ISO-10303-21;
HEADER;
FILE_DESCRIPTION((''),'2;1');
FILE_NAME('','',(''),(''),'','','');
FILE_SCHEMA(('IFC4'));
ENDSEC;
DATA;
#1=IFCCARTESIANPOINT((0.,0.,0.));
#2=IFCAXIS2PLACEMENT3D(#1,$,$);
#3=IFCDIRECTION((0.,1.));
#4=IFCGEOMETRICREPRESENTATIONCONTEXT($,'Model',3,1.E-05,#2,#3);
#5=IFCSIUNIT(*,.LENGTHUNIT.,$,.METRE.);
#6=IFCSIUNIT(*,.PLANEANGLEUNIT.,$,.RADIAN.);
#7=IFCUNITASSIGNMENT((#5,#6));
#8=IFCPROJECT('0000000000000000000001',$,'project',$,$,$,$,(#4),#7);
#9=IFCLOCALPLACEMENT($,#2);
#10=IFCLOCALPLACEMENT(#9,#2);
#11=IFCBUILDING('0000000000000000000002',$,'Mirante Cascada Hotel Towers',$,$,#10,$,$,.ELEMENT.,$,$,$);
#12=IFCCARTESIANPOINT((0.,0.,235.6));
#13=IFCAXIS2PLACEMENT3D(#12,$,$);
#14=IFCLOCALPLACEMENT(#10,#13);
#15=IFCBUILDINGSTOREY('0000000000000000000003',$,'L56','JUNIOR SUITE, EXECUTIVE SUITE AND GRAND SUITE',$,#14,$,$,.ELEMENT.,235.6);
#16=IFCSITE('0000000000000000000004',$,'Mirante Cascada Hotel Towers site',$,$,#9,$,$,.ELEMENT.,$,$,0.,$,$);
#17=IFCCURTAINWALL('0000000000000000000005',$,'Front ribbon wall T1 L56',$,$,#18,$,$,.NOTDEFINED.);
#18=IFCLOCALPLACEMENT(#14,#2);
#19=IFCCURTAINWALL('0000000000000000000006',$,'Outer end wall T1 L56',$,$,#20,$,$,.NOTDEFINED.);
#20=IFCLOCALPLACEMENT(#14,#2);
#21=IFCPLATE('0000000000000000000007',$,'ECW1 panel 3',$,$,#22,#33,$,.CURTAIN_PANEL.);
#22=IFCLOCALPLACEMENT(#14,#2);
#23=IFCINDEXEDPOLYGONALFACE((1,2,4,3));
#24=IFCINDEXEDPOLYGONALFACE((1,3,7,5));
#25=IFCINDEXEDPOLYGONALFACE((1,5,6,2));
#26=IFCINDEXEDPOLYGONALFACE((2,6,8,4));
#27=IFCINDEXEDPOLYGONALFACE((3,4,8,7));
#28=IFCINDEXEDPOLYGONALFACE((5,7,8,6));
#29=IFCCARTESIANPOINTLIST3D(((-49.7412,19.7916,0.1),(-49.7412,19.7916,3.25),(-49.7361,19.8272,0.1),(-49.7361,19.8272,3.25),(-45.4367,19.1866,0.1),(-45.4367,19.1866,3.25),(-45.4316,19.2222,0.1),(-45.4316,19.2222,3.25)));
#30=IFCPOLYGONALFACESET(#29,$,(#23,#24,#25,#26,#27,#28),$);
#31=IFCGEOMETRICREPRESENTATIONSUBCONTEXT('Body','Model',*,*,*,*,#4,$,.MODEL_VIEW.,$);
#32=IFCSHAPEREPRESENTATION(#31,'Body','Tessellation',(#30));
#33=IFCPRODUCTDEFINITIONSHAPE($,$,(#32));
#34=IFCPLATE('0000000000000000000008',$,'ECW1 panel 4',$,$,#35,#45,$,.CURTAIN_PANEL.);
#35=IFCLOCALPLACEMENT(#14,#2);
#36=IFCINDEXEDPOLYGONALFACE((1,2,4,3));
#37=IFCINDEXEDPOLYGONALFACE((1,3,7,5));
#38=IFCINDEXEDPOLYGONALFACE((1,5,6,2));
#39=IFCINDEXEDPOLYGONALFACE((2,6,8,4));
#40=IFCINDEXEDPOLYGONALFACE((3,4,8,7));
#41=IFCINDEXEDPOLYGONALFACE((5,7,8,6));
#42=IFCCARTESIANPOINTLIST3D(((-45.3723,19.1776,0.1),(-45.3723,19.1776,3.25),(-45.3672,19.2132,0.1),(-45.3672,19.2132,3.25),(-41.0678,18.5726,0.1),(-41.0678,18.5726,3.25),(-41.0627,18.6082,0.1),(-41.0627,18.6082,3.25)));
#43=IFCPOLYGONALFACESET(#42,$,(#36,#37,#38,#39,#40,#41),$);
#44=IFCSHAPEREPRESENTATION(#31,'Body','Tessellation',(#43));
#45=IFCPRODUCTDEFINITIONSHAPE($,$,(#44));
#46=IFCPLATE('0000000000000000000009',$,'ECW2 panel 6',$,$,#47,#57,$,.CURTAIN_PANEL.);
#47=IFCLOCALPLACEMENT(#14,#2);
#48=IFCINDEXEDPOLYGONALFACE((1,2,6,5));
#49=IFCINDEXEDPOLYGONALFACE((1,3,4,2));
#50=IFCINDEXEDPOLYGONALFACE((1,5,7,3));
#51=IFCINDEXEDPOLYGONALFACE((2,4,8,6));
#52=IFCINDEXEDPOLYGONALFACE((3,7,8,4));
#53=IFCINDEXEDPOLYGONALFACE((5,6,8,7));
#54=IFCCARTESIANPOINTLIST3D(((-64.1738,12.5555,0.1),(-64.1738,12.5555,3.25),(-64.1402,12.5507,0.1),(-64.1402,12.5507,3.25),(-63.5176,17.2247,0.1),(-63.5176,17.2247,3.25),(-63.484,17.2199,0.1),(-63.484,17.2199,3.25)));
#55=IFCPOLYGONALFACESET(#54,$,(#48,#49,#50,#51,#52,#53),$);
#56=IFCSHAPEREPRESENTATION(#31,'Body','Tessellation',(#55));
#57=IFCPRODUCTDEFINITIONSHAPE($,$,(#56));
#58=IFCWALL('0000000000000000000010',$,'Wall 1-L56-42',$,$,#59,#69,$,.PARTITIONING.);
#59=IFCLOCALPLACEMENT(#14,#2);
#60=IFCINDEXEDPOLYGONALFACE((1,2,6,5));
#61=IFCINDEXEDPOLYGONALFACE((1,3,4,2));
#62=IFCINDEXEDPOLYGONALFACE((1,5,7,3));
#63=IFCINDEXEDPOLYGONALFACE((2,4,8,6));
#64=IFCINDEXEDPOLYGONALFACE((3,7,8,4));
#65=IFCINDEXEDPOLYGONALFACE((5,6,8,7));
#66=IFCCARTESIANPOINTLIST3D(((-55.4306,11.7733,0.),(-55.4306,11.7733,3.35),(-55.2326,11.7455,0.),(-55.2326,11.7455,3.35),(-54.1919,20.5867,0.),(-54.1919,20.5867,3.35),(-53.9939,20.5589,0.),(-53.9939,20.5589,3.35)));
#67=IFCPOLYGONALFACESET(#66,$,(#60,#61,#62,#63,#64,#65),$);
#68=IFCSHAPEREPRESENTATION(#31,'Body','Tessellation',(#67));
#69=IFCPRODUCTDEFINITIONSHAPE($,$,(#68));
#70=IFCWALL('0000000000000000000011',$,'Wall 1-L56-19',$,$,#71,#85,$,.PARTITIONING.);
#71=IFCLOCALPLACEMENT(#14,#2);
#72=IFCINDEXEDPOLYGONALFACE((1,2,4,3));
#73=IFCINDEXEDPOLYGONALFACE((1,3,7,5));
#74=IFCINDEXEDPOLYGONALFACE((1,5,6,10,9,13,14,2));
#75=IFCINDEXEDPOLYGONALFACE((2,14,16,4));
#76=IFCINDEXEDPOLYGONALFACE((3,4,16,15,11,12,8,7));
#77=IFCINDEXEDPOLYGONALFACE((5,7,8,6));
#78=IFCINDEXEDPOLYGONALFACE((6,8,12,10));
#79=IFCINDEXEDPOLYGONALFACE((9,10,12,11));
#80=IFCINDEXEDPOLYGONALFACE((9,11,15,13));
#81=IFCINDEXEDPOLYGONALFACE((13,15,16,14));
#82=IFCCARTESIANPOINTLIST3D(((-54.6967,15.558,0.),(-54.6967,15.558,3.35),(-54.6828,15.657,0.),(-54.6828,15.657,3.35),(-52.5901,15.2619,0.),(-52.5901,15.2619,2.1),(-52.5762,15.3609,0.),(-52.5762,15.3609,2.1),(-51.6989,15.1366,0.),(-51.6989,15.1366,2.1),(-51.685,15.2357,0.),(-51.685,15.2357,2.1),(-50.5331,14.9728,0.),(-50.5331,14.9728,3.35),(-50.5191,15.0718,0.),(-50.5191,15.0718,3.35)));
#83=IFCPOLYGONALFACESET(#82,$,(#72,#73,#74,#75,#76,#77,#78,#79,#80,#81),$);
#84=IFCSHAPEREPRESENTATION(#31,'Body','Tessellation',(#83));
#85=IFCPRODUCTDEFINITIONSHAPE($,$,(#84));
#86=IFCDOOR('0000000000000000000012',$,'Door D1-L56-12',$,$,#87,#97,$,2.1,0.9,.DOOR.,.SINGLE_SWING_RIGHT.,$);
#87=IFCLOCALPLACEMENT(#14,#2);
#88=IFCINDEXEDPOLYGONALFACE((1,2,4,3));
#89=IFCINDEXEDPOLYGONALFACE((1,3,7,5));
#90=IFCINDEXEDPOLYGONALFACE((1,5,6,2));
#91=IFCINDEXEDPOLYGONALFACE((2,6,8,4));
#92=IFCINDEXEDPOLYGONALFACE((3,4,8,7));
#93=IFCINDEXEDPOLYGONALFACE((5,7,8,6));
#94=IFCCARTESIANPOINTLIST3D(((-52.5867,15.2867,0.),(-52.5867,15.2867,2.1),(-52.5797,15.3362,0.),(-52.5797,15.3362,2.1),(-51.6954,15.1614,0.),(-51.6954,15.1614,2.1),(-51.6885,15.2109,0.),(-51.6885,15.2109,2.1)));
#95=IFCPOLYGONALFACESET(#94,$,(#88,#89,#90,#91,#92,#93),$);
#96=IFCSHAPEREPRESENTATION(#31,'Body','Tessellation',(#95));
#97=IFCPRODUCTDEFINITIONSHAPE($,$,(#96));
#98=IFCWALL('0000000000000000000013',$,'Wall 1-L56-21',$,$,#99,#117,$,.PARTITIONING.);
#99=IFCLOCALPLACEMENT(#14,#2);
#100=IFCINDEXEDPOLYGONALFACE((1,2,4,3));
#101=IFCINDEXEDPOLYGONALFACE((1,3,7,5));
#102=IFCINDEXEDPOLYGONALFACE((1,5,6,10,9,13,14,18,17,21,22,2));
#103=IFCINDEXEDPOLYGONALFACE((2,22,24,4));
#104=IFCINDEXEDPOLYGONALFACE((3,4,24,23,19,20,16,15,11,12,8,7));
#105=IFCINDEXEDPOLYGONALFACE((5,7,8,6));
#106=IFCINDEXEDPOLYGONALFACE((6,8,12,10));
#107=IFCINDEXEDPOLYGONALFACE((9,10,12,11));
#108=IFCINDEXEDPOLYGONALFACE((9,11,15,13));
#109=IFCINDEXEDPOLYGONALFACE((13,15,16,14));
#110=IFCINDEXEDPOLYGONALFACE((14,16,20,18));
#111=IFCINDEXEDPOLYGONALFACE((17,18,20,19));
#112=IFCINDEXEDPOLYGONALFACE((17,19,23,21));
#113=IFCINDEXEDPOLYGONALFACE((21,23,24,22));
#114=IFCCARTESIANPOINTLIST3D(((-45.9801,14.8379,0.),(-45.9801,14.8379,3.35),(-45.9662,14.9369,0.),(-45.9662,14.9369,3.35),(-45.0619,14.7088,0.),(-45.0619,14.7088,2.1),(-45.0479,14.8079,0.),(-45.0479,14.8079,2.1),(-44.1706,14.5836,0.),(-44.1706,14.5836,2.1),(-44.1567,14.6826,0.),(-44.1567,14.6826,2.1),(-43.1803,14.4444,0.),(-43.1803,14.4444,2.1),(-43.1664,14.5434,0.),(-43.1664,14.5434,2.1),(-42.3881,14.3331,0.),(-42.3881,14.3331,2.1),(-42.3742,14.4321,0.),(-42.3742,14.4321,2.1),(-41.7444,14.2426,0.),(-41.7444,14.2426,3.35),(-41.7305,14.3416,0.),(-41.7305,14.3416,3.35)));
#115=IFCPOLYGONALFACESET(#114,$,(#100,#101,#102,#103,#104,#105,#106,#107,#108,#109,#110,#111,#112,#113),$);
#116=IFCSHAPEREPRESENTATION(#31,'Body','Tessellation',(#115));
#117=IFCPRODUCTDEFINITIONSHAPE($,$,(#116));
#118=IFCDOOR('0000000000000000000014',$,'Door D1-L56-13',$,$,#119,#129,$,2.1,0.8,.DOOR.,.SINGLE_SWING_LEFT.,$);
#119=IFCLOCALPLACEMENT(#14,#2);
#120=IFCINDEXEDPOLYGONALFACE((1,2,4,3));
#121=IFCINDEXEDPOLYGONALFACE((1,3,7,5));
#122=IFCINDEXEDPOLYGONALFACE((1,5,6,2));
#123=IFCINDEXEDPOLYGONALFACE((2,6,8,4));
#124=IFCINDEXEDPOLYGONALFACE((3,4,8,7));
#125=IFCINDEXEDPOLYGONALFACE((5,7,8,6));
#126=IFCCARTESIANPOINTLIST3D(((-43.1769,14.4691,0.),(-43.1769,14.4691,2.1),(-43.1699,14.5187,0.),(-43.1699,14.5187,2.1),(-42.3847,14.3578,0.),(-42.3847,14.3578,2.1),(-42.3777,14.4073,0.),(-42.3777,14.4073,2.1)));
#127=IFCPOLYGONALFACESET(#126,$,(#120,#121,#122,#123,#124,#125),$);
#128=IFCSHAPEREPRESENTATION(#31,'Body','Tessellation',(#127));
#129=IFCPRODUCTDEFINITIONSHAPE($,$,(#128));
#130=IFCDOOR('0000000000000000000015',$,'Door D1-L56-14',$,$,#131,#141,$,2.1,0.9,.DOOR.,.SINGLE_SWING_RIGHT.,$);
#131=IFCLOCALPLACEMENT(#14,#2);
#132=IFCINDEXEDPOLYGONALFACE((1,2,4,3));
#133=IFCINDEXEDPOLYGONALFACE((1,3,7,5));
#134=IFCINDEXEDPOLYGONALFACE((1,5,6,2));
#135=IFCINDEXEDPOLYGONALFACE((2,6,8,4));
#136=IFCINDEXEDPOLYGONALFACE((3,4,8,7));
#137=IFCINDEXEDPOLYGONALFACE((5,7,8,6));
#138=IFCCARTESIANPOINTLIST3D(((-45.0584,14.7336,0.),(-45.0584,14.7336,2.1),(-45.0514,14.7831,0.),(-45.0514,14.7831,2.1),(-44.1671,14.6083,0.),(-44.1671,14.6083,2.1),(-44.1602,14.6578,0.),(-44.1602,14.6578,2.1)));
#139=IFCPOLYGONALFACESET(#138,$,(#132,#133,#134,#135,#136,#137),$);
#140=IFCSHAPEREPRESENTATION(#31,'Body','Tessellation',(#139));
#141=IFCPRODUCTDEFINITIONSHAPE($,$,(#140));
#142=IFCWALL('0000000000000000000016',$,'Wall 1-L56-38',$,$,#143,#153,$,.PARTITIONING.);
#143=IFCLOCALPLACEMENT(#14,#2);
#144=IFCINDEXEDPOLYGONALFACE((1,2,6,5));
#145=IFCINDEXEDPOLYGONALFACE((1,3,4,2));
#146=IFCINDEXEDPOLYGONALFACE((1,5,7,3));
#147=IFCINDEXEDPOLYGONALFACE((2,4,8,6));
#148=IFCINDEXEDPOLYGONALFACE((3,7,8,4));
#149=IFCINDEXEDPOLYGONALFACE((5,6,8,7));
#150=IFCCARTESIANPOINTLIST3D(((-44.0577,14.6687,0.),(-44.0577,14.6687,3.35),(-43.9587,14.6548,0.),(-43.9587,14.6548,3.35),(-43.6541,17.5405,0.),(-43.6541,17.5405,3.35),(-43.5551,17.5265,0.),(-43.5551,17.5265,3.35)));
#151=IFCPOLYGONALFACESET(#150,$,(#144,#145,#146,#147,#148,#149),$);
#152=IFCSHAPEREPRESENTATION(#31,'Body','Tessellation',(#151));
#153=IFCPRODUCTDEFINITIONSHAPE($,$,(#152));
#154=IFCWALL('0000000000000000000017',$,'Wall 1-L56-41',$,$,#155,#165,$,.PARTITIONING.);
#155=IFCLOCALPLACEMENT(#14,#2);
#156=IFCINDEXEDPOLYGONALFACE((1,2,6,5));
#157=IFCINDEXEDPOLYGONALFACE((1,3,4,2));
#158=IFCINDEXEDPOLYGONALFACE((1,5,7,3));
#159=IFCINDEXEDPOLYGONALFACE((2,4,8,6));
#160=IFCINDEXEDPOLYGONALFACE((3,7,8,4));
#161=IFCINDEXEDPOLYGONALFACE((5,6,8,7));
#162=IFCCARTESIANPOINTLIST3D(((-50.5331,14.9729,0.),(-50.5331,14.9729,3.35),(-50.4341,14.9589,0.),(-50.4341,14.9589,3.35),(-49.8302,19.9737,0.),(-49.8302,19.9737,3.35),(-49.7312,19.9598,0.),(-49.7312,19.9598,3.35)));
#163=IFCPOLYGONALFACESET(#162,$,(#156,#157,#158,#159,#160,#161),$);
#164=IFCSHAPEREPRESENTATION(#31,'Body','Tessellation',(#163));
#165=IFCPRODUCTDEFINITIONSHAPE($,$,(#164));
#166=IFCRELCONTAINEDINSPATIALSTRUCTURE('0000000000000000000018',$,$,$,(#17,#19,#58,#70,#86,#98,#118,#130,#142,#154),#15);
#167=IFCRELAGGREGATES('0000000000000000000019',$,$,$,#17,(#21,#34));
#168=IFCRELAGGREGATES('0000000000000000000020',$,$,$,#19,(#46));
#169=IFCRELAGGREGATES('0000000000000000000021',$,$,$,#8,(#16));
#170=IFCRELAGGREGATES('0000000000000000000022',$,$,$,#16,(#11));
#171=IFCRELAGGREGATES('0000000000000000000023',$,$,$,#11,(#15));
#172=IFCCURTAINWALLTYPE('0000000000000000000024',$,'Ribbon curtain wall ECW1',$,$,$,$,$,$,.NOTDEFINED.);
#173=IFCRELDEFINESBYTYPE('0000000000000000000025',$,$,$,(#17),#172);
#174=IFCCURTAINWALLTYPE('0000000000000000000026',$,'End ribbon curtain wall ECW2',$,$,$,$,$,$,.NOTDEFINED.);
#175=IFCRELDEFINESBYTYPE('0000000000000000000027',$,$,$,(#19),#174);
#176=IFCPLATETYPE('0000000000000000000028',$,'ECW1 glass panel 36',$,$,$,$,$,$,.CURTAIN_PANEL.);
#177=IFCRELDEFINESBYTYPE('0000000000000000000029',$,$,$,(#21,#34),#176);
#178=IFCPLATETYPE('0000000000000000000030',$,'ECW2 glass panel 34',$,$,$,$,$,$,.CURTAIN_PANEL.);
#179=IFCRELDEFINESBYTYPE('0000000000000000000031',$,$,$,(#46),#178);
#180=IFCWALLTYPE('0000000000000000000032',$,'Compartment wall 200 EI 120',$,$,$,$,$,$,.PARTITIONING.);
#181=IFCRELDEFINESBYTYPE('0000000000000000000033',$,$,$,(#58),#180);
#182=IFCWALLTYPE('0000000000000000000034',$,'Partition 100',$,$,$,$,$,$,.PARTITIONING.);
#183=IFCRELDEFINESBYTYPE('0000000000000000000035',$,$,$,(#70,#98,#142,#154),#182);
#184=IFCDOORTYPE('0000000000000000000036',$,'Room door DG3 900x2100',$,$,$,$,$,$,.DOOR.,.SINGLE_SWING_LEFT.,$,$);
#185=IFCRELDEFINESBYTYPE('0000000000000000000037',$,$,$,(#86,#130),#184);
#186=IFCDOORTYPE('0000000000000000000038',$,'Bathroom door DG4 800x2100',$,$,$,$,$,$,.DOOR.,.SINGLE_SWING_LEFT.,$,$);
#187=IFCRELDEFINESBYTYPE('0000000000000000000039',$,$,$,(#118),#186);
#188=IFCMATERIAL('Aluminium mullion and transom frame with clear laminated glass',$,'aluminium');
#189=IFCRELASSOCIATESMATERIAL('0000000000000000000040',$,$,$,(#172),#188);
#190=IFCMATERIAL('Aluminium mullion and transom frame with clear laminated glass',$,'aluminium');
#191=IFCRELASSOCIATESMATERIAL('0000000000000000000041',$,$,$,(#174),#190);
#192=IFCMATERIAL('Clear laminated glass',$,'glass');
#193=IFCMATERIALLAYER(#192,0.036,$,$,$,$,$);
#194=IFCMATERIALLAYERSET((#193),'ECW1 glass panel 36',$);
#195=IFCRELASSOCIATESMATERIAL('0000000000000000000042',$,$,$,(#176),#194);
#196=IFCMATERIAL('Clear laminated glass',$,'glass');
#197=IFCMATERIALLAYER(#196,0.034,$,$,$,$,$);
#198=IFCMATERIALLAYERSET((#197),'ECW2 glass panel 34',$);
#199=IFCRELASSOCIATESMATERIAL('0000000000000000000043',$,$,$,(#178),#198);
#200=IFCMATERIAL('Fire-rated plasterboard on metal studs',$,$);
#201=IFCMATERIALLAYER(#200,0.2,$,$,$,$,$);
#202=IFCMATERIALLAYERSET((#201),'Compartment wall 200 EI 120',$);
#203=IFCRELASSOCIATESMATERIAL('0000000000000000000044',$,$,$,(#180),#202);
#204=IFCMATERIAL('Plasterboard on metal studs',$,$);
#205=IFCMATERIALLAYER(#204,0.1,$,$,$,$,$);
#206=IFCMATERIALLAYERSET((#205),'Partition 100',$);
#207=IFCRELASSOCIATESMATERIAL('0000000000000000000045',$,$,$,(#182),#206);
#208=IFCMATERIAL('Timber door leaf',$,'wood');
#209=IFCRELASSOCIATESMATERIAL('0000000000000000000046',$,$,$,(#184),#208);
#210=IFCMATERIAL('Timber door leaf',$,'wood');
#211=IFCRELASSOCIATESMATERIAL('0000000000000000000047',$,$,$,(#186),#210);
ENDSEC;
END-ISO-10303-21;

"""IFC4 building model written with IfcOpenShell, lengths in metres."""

from ifc_helpers import new_model, si_unit, direction, frame, frame_2d, origin, origin_2d, place, context, subcontext, project, spatial, rectangle, extrude, material, layer, layer_set, type_object, element, fill, aggregate, save


model = new_model("IFC4")

# Units and contexts
model_context = context("Model", 3, precision=1e-05, world=origin(), true_north=direction((0.0, 1.0)))
body_context = subcontext(model_context, "Body", "Model", "MODEL_VIEW")
ifc_project = project(units=[si_unit("LENGTHUNIT", "METRE"), si_unit("PLANEANGLEUNIT", "RADIAN")], contexts=[model_context])

# Site, building, storey
site_placement = place(None, origin())
site = spatial("IfcSite", under=ifc_project, at=site_placement, Name="Mirante Cascada Hotel Towers site", CompositionType="ELEMENT", RefElevation=0.0)
building_placement = place(site_placement, origin())
building = spatial("IfcBuilding", under=site, at=building_placement, Name="Mirante Cascada Hotel Towers", CompositionType="ELEMENT")
storey_placement = place(building_placement, frame((0.0, 0.0, 235.6)))
storey = spatial("IfcBuildingStorey", under=building, at=storey_placement, Name="L56", Description="JUNIOR SUITE, EXECUTIVE SUITE AND GRAND SUITE", CompositionType="ELEMENT", Elevation=235.6)

# Curtain wall
ifc_material_1 = material(Name="Aluminium mullion and transom frame with clear laminated glass", Category="aluminium")
curtain_wall_type_1 = type_object("IfcCurtainWallType", Name="Ribbon curtain wall ECW1", PredefinedType="NOTDEFINED", material=ifc_material_1)
curtain_wall_1_placement = place(storey_placement, origin())
curtain_wall_1 = element("IfcCurtainWall", 1, at=curtain_wall_1_placement, inside=storey, type_object=curtain_wall_type_1, Name="Front ribbon wall T1 L56", PredefinedType="NOTDEFINED")

# Curtain wall
ifc_material_2 = material(Name="Aluminium mullion and transom frame with clear laminated glass", Category="aluminium")
curtain_wall_type_2 = type_object("IfcCurtainWallType", Name="End ribbon curtain wall ECW2", PredefinedType="NOTDEFINED", material=ifc_material_2)
curtain_wall_2_placement = place(storey_placement, origin())
curtain_wall_2 = element("IfcCurtainWall", 2, at=curtain_wall_2_placement, inside=storey, type_object=curtain_wall_type_2, Name="Outer end wall T1 L56", PredefinedType="NOTDEFINED")

# Plates
ifc_material_3 = material(Name="Clear laminated glass", Category="glass")
ifc_layer_1 = layer(ifc_material_3, 0.036)
ifc_layer_set_1 = layer_set([ifc_layer_1], Name="ECW1 glass panel 36")
plate_type_1 = type_object("IfcPlateType", Name="ECW1 glass panel 36", PredefinedType="CURTAIN_PANEL", material=ifc_layer_set_1)
plate_1_placement = place(storey_placement, frame((-47.5864, 19.5069, 0.1), z_axis=(0.0, 0.0, 1.0), x_axis=(0.990268, -0.139173, 0.0)))
plate_1 = element("IfcPlate", 3, at=plate_1_placement, type_object=plate_type_1, Name="ECW1 panel 3", PredefinedType="CURTAIN_PANEL", context=body_context, shape_type="SweptSolid", body=[
    extrude(rectangle(XDim=4.3468, YDim=0.036, at=origin_2d()), origin(), (0.0, 0.0, 1.0), 3.15),
])
plate_2_placement = place(storey_placement, frame((-43.2175, 18.8929, 0.1), z_axis=(0.0, 0.0, 1.0), x_axis=(0.990268, -0.139173, 0.0)))
plate_2 = element("IfcPlate", 4, at=plate_2_placement, type_object=plate_type_1, Name="ECW1 panel 4", PredefinedType="CURTAIN_PANEL", context=body_context, shape_type="SweptSolid", body=[
    extrude(rectangle(XDim=4.3468, YDim=0.036, at=origin_2d()), origin(), (0.0, 0.0, 1.0), 3.15),
])
aggregate(curtain_wall_1, [plate_1, plate_2])
ifc_material_4 = material(Name="Clear laminated glass", Category="glass")
ifc_layer_2 = layer(ifc_material_4, 0.034)
ifc_layer_set_2 = layer_set([ifc_layer_2], Name="ECW2 glass panel 34")
plate_type_2 = type_object("IfcPlateType", Name="ECW2 glass panel 34", PredefinedType="CURTAIN_PANEL", material=ifc_layer_set_2)
plate_3_placement = place(storey_placement, frame((-63.8289, 14.8877, 0.1), z_axis=(0.0, 0.0, 1.0), x_axis=(0.139173, 0.990268, 0.0)))
plate_3 = element("IfcPlate", 5, at=plate_3_placement, type_object=plate_type_2, Name="ECW2 panel 6", PredefinedType="CURTAIN_PANEL", context=body_context, shape_type="SweptSolid", body=[
    extrude(rectangle(XDim=4.7151, YDim=0.034, at=origin_2d()), origin(), (0.0, 0.0, 1.0), 3.15),
])
aggregate(curtain_wall_2, [plate_3])

# Wall
ifc_material_5 = material(Name="Fire-rated plasterboard on metal studs")
ifc_layer_3 = layer(ifc_material_5, 0.2)
ifc_layer_set_3 = layer_set([ifc_layer_3], Name="Compartment wall 200 EI 120")
wall_type_1 = type_object("IfcWallType", Name="Compartment wall 200 EI 120", PredefinedType="PARTITIONING", material=ifc_layer_set_3)
wall_1_placement = place(storey_placement, frame((-54.0929, 20.5728, 0.0), z_axis=(0.0, 0.0, 1.0), x_axis=(-0.139179, -0.990267, 0.0)))
element("IfcWall", 6, at=wall_1_placement, inside=storey, type_object=wall_type_1, Name="Wall 1-L56-42", PredefinedType="PARTITIONING", context=body_context, shape_type="SweptSolid", body=[
    extrude(rectangle(XDim=8.9, YDim=0.2, at=frame_2d((4.45, 0.0))), origin(), (0.0, 0.0, 1.0), 3.35),
])

# Wall, opening, door
ifc_material_6 = material(Name="Plasterboard on metal studs")
ifc_layer_4 = layer(ifc_material_6, 0.1)
ifc_layer_set_4 = layer_set([ifc_layer_4], Name="Partition 100")
wall_type_2 = type_object("IfcWallType", Name="Partition 100", PredefinedType="PARTITIONING", material=ifc_layer_set_4)
wall_2_placement = place(storey_placement, frame((-50.5261, 15.0223, 0.0), z_axis=(0.0, 0.0, 1.0), x_axis=(-0.990267, 0.13918, 0.0)))
wall_2 = element("IfcWall", 7, at=wall_2_placement, inside=storey, type_object=wall_type_2, Name="Wall 1-L56-19", PredefinedType="PARTITIONING", context=body_context, shape_type="SweptSolid", body=[
    extrude(rectangle(XDim=4.2046, YDim=0.1, at=frame_2d((2.1023, 0.0))), origin(), (0.0, 0.0, 1.0), 3.35),
])
opening_1_placement = place(wall_2_placement, frame((1.1773, 0.0, 0.0)))
opening_1 = element("IfcOpeningElement", 8, at=opening_1_placement, cuts=wall_2, PredefinedType="OPENING", context=body_context, shape_type="SweptSolid", body=[
    extrude(rectangle(XDim=0.9, YDim=2.1, at=frame_2d((0.45, 1.05))), frame((0.0, 0.05, 0.0), z_axis=(0.0, -1.0, 0.0), x_axis=(1.0, 0.0, 0.0)), (0.0, 0.0, 1.0), 0.1),
])
ifc_material_7 = material(Name="Timber door leaf", Category="wood")
door_type_1 = type_object("IfcDoorType", Name="Room door DG3 900x2100", OperationType="SINGLE_SWING_LEFT", PredefinedType="DOOR", material=ifc_material_7)
door_1_placement = place(opening_1_placement, frame((0.9, 0.0, 0.0), z_axis=(0.0, 0.0, 1.0), x_axis=(-1.0, 0.0, 0.0)))
door_1 = element("IfcDoor", 9, at=door_1_placement, inside=storey, type_object=door_type_1, Name="Door D1-L56-12", OperationType="SINGLE_SWING_RIGHT", OverallHeight=2.1, OverallWidth=0.9, PredefinedType="DOOR", context=body_context, shape_type="SweptSolid", body=[
    extrude(rectangle(XDim=0.9, YDim=2.1, at=frame_2d((0.45, 1.05))), frame((0.0, 0.025, 0.0), z_axis=(0.0, -1.0, 0.0), x_axis=(1.0, 0.0, 0.0)), (0.0, 0.0, 1.0), 0.05),
])
fill(opening_1, door_1)

# Wall, openings, doors
wall_3_placement = place(storey_placement, frame((-41.7375, 14.2921, 0.0), z_axis=(0.0, 0.0, 1.0), x_axis=(-0.990268, 0.139176, 0.0)))
wall_3 = element("IfcWall", 10, at=wall_3_placement, inside=storey, type_object=wall_type_2, Name="Wall 1-L56-21", PredefinedType="PARTITIONING", context=body_context, shape_type="SweptSolid", body=[
    extrude(rectangle(XDim=4.2773, YDim=0.1, at=frame_2d((2.1386, 0.0))), origin(), (0.0, 0.0, 1.0), 3.35),
])
opening_2_placement = place(wall_3_placement, frame((0.65, 0.0, 0.0)))
opening_2 = element("IfcOpeningElement", 11, at=opening_2_placement, cuts=wall_3, PredefinedType="OPENING", context=body_context, shape_type="SweptSolid", body=[
    extrude(rectangle(XDim=0.8, YDim=2.1, at=frame_2d((0.4, 1.05))), frame((0.0, 0.05, 0.0), z_axis=(0.0, -1.0, 0.0), x_axis=(1.0, 0.0, 0.0)), (0.0, 0.0, 1.0), 0.1),
])
opening_3_placement = place(wall_3_placement, frame((2.45, 0.0, 0.0)))
opening_3 = element("IfcOpeningElement", 12, at=opening_3_placement, cuts=wall_3, PredefinedType="OPENING", context=body_context, shape_type="SweptSolid", body=[
    extrude(rectangle(XDim=0.9, YDim=2.1, at=frame_2d((0.45, 1.05))), frame((0.0, 0.05, 0.0), z_axis=(0.0, -1.0, 0.0), x_axis=(1.0, 0.0, 0.0)), (0.0, 0.0, 1.0), 0.1),
])
ifc_material_8 = material(Name="Timber door leaf", Category="wood")
door_type_2 = type_object("IfcDoorType", Name="Bathroom door DG4 800x2100", OperationType="SINGLE_SWING_LEFT", PredefinedType="DOOR", material=ifc_material_8)
door_2_placement = place(opening_2_placement, origin())
door_2 = element("IfcDoor", 13, at=door_2_placement, inside=storey, type_object=door_type_2, Name="Door D1-L56-13", OperationType="SINGLE_SWING_LEFT", OverallHeight=2.1, OverallWidth=0.8, PredefinedType="DOOR", context=body_context, shape_type="SweptSolid", body=[
    extrude(rectangle(XDim=0.8, YDim=2.1, at=frame_2d((0.4, 1.05))), frame((0.0, 0.025, 0.0), z_axis=(0.0, -1.0, 0.0), x_axis=(1.0, 0.0, 0.0)), (0.0, 0.0, 1.0), 0.05),
])
fill(opening_2, door_2)
door_3_placement = place(opening_3_placement, frame((0.9, 0.0, 0.0), z_axis=(0.0, 0.0, 1.0), x_axis=(-1.0, 0.0, 0.0)))
door_3 = element("IfcDoor", 14, at=door_3_placement, inside=storey, type_object=door_type_1, Name="Door D1-L56-14", OperationType="SINGLE_SWING_RIGHT", OverallHeight=2.1, OverallWidth=0.9, PredefinedType="DOOR", context=body_context, shape_type="SweptSolid", body=[
    extrude(rectangle(XDim=0.9, YDim=2.1, at=frame_2d((0.45, 1.05))), frame((0.0, 0.025, 0.0), z_axis=(0.0, -1.0, 0.0), x_axis=(1.0, 0.0, 0.0)), (0.0, 0.0, 1.0), 0.05),
])
fill(opening_3, door_3)

# Walls
wall_4_placement = place(storey_placement, frame((-43.6046, 17.5335, 0.0), z_axis=(0.0, 0.0, 1.0), x_axis=(-0.139171, -0.990268, 0.0)))
element("IfcWall", 15, at=wall_4_placement, inside=storey, type_object=wall_type_2, Name="Wall 1-L56-38", PredefinedType="PARTITIONING", context=body_context, shape_type="SweptSolid", body=[
    extrude(rectangle(XDim=2.9, YDim=0.1, at=frame_2d((1.45, 0.0))), origin(), (0.0, 0.0, 1.0), 3.35),
])
wall_5_placement = place(storey_placement, frame((-50.4836, 14.9659, 0.0), z_axis=(0.0, 0.0, 1.0), x_axis=(0.139189, 0.990266, 0.0)))
element("IfcWall", 16, at=wall_5_placement, inside=storey, type_object=wall_type_2, Name="Wall 1-L56-41", PredefinedType="PARTITIONING", context=body_context, shape_type="SweptSolid", body=[
    extrude(rectangle(XDim=5.05, YDim=0.1, at=frame_2d((2.525, 0.0))), origin(), (0.0, 0.0, 1.0), 3.35),
])

save(model, "model.ifc")
